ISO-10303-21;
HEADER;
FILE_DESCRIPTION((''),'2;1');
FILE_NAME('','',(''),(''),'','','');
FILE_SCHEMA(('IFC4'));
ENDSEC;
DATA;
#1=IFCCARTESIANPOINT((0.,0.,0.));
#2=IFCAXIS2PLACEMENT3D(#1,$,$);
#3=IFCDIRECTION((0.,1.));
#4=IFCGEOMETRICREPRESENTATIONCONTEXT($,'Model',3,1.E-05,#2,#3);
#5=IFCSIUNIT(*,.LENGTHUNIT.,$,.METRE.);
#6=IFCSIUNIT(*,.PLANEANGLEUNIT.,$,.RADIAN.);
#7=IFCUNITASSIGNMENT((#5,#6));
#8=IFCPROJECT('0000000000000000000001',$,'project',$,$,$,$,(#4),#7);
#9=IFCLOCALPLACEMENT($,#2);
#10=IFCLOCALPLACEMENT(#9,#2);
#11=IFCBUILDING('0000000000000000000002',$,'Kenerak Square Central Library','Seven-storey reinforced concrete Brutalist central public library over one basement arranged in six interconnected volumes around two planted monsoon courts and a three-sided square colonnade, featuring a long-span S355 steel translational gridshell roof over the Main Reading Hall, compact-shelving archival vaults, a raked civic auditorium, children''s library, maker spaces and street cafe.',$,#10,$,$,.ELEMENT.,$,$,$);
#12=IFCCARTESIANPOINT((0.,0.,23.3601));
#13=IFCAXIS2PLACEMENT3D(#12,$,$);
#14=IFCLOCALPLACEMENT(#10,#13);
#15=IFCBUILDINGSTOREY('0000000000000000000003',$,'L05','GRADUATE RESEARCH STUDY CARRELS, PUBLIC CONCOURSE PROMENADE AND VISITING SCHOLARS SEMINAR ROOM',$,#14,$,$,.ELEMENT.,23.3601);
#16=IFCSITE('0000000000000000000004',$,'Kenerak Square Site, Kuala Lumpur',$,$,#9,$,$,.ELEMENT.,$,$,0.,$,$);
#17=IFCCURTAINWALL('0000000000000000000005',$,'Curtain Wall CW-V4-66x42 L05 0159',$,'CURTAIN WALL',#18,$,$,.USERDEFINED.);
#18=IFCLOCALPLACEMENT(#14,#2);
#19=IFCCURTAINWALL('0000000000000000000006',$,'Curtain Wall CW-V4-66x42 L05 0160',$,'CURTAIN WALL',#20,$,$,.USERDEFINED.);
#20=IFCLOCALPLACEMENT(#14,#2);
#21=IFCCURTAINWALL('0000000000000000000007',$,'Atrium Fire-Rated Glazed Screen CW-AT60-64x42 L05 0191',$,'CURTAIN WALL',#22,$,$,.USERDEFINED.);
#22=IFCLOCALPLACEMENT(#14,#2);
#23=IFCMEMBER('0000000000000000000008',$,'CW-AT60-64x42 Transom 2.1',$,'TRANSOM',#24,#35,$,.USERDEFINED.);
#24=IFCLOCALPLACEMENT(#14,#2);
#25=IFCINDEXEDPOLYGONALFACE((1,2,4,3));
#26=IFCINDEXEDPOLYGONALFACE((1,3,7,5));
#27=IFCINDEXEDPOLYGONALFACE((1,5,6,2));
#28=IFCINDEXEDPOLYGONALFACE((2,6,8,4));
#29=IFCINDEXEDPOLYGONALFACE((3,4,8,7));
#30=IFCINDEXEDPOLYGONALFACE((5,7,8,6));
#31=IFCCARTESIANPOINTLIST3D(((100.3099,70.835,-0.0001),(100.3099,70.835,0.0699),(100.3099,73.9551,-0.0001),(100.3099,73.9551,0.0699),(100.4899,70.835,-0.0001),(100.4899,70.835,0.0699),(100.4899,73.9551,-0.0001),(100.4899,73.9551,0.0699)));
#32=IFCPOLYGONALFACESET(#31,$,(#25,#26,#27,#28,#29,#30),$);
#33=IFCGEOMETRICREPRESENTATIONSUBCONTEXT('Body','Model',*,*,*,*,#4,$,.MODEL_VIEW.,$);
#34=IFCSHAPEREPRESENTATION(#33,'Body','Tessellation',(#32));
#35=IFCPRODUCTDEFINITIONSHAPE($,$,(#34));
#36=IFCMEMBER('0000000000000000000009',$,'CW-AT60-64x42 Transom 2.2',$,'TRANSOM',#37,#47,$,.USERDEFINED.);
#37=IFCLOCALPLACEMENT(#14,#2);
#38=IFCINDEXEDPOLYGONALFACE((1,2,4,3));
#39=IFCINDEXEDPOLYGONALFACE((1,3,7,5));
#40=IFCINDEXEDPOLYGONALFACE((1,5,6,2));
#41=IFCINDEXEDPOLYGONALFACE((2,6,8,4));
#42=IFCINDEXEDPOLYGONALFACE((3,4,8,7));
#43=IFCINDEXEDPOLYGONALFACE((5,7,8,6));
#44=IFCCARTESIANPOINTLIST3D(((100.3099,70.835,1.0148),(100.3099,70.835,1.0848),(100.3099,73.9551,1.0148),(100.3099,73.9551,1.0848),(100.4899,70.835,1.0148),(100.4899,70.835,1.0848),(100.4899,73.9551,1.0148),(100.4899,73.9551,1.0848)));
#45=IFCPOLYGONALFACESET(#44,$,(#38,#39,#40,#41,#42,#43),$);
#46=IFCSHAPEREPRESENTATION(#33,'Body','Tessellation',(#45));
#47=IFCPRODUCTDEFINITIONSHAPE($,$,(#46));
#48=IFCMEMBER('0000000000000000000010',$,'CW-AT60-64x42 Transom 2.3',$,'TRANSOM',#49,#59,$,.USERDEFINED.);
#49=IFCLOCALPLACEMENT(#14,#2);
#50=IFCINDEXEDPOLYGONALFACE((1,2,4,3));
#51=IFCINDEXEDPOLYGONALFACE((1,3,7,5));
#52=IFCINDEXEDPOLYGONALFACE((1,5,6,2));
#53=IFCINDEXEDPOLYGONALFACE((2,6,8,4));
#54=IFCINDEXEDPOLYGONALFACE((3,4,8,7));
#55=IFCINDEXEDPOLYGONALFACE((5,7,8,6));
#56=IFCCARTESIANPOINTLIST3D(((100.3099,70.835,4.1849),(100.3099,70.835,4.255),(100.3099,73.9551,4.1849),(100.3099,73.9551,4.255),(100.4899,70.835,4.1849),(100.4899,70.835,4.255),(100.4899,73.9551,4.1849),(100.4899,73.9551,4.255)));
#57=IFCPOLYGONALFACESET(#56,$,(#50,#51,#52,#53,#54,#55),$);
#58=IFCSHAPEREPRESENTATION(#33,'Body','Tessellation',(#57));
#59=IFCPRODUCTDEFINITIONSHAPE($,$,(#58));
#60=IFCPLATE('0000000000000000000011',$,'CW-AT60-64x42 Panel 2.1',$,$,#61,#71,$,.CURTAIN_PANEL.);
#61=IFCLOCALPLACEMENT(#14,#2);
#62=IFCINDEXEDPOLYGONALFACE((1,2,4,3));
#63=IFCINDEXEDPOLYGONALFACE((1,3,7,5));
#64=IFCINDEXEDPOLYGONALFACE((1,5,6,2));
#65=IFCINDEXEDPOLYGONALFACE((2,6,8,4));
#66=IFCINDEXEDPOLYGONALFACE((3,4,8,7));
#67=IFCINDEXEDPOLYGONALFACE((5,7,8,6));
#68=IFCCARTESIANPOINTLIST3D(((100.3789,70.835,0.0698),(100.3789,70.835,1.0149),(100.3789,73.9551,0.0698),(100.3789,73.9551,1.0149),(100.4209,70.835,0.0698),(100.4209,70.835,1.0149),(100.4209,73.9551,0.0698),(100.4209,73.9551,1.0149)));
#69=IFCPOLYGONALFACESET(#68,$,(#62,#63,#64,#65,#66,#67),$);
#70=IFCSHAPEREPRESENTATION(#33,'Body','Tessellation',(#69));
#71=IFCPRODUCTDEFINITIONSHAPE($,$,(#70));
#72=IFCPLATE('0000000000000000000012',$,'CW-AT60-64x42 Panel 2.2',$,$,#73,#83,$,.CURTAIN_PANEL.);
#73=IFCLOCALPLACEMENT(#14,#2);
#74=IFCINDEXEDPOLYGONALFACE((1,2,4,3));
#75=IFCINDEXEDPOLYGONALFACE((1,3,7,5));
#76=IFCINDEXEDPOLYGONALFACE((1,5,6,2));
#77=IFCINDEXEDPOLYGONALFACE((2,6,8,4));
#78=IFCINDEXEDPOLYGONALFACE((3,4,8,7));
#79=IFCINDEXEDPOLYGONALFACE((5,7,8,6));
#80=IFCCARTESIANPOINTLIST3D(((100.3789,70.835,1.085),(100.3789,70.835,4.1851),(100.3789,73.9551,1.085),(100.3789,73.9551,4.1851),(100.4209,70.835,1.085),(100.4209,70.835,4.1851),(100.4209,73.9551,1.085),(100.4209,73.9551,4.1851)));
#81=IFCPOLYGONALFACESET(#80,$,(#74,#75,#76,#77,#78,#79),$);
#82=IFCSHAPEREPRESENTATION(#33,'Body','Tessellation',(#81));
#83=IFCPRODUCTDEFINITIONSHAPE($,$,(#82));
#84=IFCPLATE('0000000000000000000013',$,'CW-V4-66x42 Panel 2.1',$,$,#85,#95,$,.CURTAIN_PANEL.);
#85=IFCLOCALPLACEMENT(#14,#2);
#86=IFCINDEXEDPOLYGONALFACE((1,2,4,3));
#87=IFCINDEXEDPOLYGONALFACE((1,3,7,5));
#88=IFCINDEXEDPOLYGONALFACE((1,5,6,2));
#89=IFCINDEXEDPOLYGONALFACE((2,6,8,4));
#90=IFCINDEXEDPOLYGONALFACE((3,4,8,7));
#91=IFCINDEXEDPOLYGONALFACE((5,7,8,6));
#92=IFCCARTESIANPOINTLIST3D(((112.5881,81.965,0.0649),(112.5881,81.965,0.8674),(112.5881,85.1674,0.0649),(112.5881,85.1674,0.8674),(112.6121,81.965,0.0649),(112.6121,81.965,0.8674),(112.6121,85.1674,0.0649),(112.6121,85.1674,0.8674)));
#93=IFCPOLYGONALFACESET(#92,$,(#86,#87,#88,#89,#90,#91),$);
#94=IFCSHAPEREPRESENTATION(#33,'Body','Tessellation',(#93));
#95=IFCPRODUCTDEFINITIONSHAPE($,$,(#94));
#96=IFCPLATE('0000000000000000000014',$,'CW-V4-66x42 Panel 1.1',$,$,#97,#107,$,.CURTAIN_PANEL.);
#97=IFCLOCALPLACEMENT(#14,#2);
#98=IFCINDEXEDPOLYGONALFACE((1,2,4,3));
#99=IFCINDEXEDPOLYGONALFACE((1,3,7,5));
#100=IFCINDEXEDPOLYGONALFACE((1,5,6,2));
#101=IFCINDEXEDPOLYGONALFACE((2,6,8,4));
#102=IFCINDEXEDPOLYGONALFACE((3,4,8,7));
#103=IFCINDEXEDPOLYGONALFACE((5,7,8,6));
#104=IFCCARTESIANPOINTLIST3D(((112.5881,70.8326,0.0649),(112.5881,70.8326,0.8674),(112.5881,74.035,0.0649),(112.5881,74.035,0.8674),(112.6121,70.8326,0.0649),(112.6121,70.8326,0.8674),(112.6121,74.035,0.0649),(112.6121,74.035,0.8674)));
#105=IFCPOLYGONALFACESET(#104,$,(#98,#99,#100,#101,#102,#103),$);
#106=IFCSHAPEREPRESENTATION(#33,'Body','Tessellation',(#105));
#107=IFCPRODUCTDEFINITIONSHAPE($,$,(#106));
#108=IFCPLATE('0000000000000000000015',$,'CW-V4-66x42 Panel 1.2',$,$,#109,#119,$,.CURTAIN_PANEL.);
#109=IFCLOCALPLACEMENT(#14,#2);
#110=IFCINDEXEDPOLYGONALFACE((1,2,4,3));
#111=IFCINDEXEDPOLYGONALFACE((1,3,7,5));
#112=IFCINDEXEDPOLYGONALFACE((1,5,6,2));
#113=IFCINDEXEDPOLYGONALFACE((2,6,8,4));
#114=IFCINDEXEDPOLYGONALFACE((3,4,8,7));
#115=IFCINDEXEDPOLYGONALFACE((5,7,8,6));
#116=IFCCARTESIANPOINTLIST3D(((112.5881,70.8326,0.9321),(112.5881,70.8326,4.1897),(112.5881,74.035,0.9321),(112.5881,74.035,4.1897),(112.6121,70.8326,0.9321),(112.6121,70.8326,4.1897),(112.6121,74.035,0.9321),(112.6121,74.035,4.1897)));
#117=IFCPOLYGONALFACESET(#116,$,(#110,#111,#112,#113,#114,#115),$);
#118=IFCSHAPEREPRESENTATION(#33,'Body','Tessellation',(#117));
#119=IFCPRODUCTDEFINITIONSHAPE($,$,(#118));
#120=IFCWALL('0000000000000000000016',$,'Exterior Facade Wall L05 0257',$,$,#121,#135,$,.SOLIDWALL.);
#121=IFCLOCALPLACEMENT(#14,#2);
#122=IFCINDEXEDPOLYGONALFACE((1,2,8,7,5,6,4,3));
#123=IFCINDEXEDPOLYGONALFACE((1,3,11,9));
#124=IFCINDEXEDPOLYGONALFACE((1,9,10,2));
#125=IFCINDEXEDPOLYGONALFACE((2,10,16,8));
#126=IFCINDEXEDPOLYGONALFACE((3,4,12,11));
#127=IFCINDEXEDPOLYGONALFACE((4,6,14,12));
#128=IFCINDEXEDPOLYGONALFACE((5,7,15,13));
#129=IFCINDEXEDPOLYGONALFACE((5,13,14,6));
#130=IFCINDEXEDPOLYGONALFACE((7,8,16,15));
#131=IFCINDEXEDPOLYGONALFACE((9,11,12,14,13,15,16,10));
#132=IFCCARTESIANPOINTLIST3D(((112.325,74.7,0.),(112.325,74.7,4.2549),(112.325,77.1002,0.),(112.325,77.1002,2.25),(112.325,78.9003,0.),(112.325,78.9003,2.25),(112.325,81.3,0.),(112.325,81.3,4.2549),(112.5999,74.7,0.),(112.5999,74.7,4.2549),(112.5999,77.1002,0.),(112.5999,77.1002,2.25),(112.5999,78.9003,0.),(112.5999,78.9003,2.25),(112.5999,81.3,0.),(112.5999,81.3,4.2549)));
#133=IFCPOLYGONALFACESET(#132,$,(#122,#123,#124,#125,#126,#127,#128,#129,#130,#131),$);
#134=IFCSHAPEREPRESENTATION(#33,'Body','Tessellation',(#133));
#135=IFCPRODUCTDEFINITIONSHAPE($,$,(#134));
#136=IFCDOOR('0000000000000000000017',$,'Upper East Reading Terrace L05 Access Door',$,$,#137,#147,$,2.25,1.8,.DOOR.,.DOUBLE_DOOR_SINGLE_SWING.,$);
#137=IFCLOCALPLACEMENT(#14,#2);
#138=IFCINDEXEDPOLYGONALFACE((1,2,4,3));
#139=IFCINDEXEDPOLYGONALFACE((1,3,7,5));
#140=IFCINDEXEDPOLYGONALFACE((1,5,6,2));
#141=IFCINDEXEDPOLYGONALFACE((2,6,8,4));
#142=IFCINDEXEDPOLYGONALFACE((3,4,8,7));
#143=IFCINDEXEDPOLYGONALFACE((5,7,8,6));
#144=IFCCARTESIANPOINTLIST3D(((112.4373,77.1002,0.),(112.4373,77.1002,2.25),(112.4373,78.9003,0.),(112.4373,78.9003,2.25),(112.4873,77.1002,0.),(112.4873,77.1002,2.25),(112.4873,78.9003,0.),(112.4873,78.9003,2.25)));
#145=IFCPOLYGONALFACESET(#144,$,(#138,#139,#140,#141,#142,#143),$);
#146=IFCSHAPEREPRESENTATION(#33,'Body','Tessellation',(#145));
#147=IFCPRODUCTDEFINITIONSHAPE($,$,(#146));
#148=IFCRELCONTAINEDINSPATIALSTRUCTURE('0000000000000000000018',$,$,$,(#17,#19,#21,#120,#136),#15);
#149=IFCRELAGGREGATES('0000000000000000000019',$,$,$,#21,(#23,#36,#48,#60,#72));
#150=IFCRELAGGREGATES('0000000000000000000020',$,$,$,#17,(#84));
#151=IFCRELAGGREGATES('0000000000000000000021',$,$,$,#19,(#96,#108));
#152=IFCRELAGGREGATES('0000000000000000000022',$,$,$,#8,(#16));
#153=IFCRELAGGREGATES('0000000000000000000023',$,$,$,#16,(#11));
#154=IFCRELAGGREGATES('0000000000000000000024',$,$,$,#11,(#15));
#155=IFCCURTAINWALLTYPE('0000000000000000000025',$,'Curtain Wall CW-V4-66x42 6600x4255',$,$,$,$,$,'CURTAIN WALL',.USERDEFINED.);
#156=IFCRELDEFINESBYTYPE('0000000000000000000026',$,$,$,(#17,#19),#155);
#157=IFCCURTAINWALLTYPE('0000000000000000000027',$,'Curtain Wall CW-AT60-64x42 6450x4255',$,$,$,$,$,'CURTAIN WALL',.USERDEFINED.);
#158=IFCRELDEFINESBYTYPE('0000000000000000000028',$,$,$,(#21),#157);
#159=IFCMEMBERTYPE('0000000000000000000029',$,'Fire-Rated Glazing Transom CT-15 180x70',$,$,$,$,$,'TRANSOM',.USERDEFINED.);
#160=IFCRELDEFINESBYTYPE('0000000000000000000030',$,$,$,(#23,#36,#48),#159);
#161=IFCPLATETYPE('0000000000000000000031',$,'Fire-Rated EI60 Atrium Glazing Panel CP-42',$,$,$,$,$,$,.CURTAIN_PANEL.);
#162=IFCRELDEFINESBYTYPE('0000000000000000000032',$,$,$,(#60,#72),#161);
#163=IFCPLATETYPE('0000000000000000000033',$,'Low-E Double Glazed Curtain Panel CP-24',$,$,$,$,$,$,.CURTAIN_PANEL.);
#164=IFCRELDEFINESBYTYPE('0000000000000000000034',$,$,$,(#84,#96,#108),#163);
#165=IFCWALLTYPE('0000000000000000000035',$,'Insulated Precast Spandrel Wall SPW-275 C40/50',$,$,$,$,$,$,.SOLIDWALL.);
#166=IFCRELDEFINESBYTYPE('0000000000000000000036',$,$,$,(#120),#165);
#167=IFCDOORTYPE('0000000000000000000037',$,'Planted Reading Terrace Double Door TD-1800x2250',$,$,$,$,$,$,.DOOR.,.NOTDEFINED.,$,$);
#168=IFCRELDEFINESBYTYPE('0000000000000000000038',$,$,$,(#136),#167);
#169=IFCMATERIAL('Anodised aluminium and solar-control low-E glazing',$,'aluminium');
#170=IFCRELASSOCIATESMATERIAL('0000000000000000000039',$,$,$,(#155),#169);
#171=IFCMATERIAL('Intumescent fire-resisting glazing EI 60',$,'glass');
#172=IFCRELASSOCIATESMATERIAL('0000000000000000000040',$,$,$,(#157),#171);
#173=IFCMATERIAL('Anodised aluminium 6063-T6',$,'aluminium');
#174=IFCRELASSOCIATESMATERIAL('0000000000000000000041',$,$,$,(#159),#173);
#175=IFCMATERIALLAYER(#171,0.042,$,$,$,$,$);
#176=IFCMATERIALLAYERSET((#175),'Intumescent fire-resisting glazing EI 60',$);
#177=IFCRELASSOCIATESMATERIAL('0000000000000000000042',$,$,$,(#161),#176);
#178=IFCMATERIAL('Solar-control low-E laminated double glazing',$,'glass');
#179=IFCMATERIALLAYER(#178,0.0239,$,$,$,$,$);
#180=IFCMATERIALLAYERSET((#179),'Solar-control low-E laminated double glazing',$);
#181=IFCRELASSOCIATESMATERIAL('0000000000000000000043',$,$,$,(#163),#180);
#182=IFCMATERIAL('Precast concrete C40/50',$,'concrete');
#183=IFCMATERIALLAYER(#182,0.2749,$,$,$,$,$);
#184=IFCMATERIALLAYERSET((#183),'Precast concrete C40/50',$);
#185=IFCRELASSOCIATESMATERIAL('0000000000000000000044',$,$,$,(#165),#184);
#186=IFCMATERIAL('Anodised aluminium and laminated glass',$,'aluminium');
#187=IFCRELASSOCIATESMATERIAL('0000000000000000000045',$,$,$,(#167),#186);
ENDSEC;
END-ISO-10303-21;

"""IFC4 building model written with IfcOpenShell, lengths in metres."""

from ifc_helpers import new_model, si_unit, direction, frame, frame_2d, origin, origin_2d, place, context, subcontext, project, spatial, rectangle, extrude, material, layer, layer_set, material_profile, profile_set, type_object, element, fill, aggregate, save


model = new_model("IFC4")

# Units and contexts
model_context = context("Model", 3, precision=1e-05, world=origin(), true_north=direction((0.0, 1.0)))
body_context = subcontext(model_context, "Body", "Model", "MODEL_VIEW")
ifc_project = project(units=[si_unit("LENGTHUNIT", "METRE"), si_unit("PLANEANGLEUNIT", "RADIAN")], contexts=[model_context])

# Site, building, storey
site_placement = place(None, origin())
site = spatial("IfcSite", under=ifc_project, at=site_placement, Name="Kenerak Square Site, Kuala Lumpur", CompositionType="ELEMENT", RefElevation=0.0)
building_placement = place(site_placement, origin())
building = spatial("IfcBuilding", under=site, at=building_placement, Name="Kenerak Square Central Library", Description="Seven-storey reinforced concrete Brutalist central public library over one basement arranged in six interconnected volumes around two planted monsoon courts and a three-sided square colonnade, featuring a long-span S355 steel translational gridshell roof over the Main Reading Hall, compact-shelving archival vaults, a raked civic auditorium, children's library, maker spaces and street cafe.", CompositionType="ELEMENT")
storey_placement = place(building_placement, frame((0.0, 0.0, 23.3601)))
storey = spatial("IfcBuildingStorey", under=building, at=storey_placement, Name="L05", Description="GRADUATE RESEARCH STUDY CARRELS, PUBLIC CONCOURSE PROMENADE AND VISITING SCHOLARS SEMINAR ROOM", CompositionType="ELEMENT", Elevation=23.3601)

# Curtain wall
ifc_material_1 = material(Name="Anodised aluminium and solar-control low-E glazing", Category="aluminium")
curtain_wall_type_1 = type_object("IfcCurtainWallType", Name="Curtain Wall CW-V4-66x42 6600x4255", ElementType="CURTAIN WALL", PredefinedType="USERDEFINED", material=ifc_material_1)
curtain_wall_1_placement = place(storey_placement, origin())
curtain_wall_1 = element("IfcCurtainWall", 1, at=curtain_wall_1_placement, inside=storey, type_object=curtain_wall_type_1, Name="Curtain Wall CW-V4-66x42 L05 0159", ObjectType="CURTAIN WALL", PredefinedType="USERDEFINED")
ifc_material_2 = material(Name="Anodised aluminium 6063-T6", Category="aluminium")

# Curtain wall
curtain_wall_2_placement = place(storey_placement, origin())
curtain_wall_2 = element("IfcCurtainWall", 2, at=curtain_wall_2_placement, inside=storey, type_object=curtain_wall_type_1, Name="Curtain Wall CW-V4-66x42 L05 0160", ObjectType="CURTAIN WALL", PredefinedType="USERDEFINED")

# Curtain wall, members, plates
ifc_material_3 = material(Name="Intumescent fire-resisting glazing EI 60", Category="glass")
curtain_wall_type_2 = type_object("IfcCurtainWallType", Name="Curtain Wall CW-AT60-64x42 6450x4255", ElementType="CURTAIN WALL", PredefinedType="USERDEFINED", material=ifc_material_3)
curtain_wall_3_placement = place(storey_placement, origin())
curtain_wall_3 = element("IfcCurtainWall", 3, at=curtain_wall_3_placement, inside=storey, type_object=curtain_wall_type_2, Name="Atrium Fire-Rated Glazed Screen CW-AT60-64x42 L05 0191", ObjectType="CURTAIN WALL", PredefinedType="USERDEFINED")
ifc_material_profile_1 = material_profile(ifc_material_2, rectangle(XDim=0.1799, YDim=0.0701, at=origin_2d()), Name="AL TRANSOM 180x70")
ifc_profile_set_1 = profile_set([ifc_material_profile_1], Name="Anodised aluminium 6063-T6")
member_type_1 = type_object("IfcMemberType", Name="Fire-Rated Glazing Transom CT-15 180x70", ElementType="TRANSOM", PredefinedType="USERDEFINED", material=ifc_profile_set_1)
member_1_placement = place(storey_placement, frame((100.3999, 70.835, 0.0349), z_axis=(0.0, 1.0, 0.0), x_axis=(-1.0, 0.0, 0.0)))
member_1 = element("IfcMember", 4, at=member_1_placement, type_object=member_type_1, Name="CW-AT60-64x42 Transom 2.1", ObjectType="TRANSOM", PredefinedType="USERDEFINED", context=body_context, shape_type="SweptSolid", body=[
    extrude(rectangle(XDim=0.1799, YDim=0.0701, at=origin_2d()), origin(), (0.0, 0.0, 1.0), 3.1201),
])
member_2_placement = place(storey_placement, frame((100.3999, 70.835, 1.0498), z_axis=(0.0, 1.0, 0.0), x_axis=(-1.0, 0.0, 0.0)))
member_2 = element("IfcMember", 5, at=member_2_placement, type_object=member_type_1, Name="CW-AT60-64x42 Transom 2.2", ObjectType="TRANSOM", PredefinedType="USERDEFINED", context=body_context, shape_type="SweptSolid", body=[
    extrude(rectangle(XDim=0.1799, YDim=0.0701, at=origin_2d()), origin(), (0.0, 0.0, 1.0), 3.1201),
])
member_3_placement = place(storey_placement, frame((100.3999, 70.835, 4.22), z_axis=(0.0, 1.0, 0.0), x_axis=(-1.0, 0.0, 0.0)))
member_3 = element("IfcMember", 6, at=member_3_placement, type_object=member_type_1, Name="CW-AT60-64x42 Transom 2.3", ObjectType="TRANSOM", PredefinedType="USERDEFINED", context=body_context, shape_type="SweptSolid", body=[
    extrude(rectangle(XDim=0.1799, YDim=0.0701, at=origin_2d()), origin(), (0.0, 0.0, 1.0), 3.1201),
])
ifc_layer_1 = layer(ifc_material_3, 0.042)
ifc_layer_set_1 = layer_set([ifc_layer_1], Name="Intumescent fire-resisting glazing EI 60")
plate_type_1 = type_object("IfcPlateType", Name="Fire-Rated EI60 Atrium Glazing Panel CP-42", PredefinedType="CURTAIN_PANEL", material=ifc_layer_set_1)
plate_1_placement = place(storey_placement, frame((100.3999, 72.395, 0.0698), z_axis=(0.0, 0.0, 1.0), x_axis=(0.0, 1.0, 0.0)))
plate_1 = element("IfcPlate", 7, at=plate_1_placement, type_object=plate_type_1, Name="CW-AT60-64x42 Panel 2.1", PredefinedType="CURTAIN_PANEL", context=body_context, shape_type="SweptSolid", body=[
    extrude(rectangle(XDim=3.1201, YDim=0.042, at=origin_2d()), origin(), (0.0, 0.0, 1.0), 0.9451),
])
plate_2_placement = place(storey_placement, frame((100.3999, 72.395, 1.085), z_axis=(0.0, 0.0, 1.0), x_axis=(0.0, 1.0, 0.0)))
plate_2 = element("IfcPlate", 8, at=plate_2_placement, type_object=plate_type_1, Name="CW-AT60-64x42 Panel 2.2", PredefinedType="CURTAIN_PANEL", context=body_context, shape_type="SweptSolid", body=[
    extrude(rectangle(XDim=3.1201, YDim=0.042, at=origin_2d()), origin(), (0.0, 0.0, 1.0), 3.1001),
])
aggregate(curtain_wall_3, [member_1, member_2, member_3, plate_1, plate_2])

# Plates
ifc_material_4 = material(Name="Solar-control low-E laminated double glazing", Category="glass")
ifc_layer_2 = layer(ifc_material_4, 0.0239)
ifc_layer_set_2 = layer_set([ifc_layer_2], Name="Solar-control low-E laminated double glazing")
plate_type_2 = type_object("IfcPlateType", Name="Low-E Double Glazed Curtain Panel CP-24", PredefinedType="CURTAIN_PANEL", material=ifc_layer_set_2)
plate_3_placement = place(storey_placement, frame((112.6001, 83.5662, 0.0649), z_axis=(0.0, 0.0, 1.0), x_axis=(0.0, -1.0, 0.0)))
plate_3 = element("IfcPlate", 9, at=plate_3_placement, type_object=plate_type_2, Name="CW-V4-66x42 Panel 2.1", PredefinedType="CURTAIN_PANEL", context=body_context, shape_type="SweptSolid", body=[
    extrude(rectangle(XDim=3.2024, YDim=0.0239, at=origin_2d()), origin(), (0.0, 0.0, 1.0), 0.8025),
])
aggregate(curtain_wall_1, [plate_3])
plate_4_placement = place(storey_placement, frame((112.6001, 72.4338, 0.0649), z_axis=(0.0, 0.0, 1.0), x_axis=(0.0, -1.0, 0.0)))
plate_4 = element("IfcPlate", 10, at=plate_4_placement, type_object=plate_type_2, Name="CW-V4-66x42 Panel 1.1", PredefinedType="CURTAIN_PANEL", context=body_context, shape_type="SweptSolid", body=[
    extrude(rectangle(XDim=3.2024, YDim=0.0239, at=origin_2d()), origin(), (0.0, 0.0, 1.0), 0.8025),
])
plate_5_placement = place(storey_placement, frame((112.6001, 72.4338, 0.9321), z_axis=(0.0, 0.0, 1.0), x_axis=(0.0, -1.0, 0.0)))
plate_5 = element("IfcPlate", 11, at=plate_5_placement, type_object=plate_type_2, Name="CW-V4-66x42 Panel 1.2", PredefinedType="CURTAIN_PANEL", context=body_context, shape_type="SweptSolid", body=[
    extrude(rectangle(XDim=3.2024, YDim=0.0239, at=origin_2d()), origin(), (0.0, 0.0, 1.0), 3.2576),
])
aggregate(curtain_wall_2, [plate_4, plate_5])

# Wall, opening, door
ifc_material_5 = material(Name="Precast concrete C40/50", Category="concrete")
ifc_layer_3 = layer(ifc_material_5, 0.2749)
ifc_layer_set_3 = layer_set([ifc_layer_3], Name="Precast concrete C40/50")
wall_type = type_object("IfcWallType", Name="Insulated Precast Spandrel Wall SPW-275 C40/50", PredefinedType="SOLIDWALL", material=ifc_layer_set_3)
wall_placement = place(storey_placement, frame((112.4624, 81.3, 0.0), z_axis=(0.0, 0.0, 1.0), x_axis=(0.0, -1.0, 0.0)))
wall = element("IfcWall", 12, at=wall_placement, inside=storey, type_object=wall_type, Name="Exterior Facade Wall L05 0257", PredefinedType="SOLIDWALL", context=body_context, shape_type="SweptSolid", body=[
    extrude(rectangle(XDim=6.6001, YDim=0.2749, at=frame_2d((3.3, 0.0))), origin(), (0.0, 0.0, 1.0), 4.2549),
])
opening_placement = place(wall_placement, frame((2.3999, 0.0, 0.0)))
opening = element("IfcOpeningElement", 13, at=opening_placement, cuts=wall, PredefinedType="OPENING", context=body_context, shape_type="SweptSolid", body=[
    extrude(rectangle(XDim=1.8, YDim=2.25, at=frame_2d((0.8999, 1.125))), frame((0.0, 0.1475, 0.0), z_axis=(0.0, -1.0, 0.0), x_axis=(1.0, 0.0, 0.0)), (0.0, 0.0, 1.0), 0.2949),
])
ifc_material_6 = material(Name="Anodised aluminium and laminated glass", Category="aluminium")
door_type = type_object("IfcDoorType", Name="Planted Reading Terrace Double Door TD-1800x2250", OperationType="NOTDEFINED", PredefinedType="DOOR", material=ifc_material_6)
door_placement = place(opening_placement, origin())
door = element("IfcDoor", 14, at=door_placement, inside=storey, type_object=door_type, Name="Upper East Reading Terrace L05 Access Door", OperationType="DOUBLE_DOOR_SINGLE_SWING", OverallHeight=2.25, OverallWidth=1.8, PredefinedType="DOOR", context=body_context, shape_type="SweptSolid", body=[
    extrude(rectangle(XDim=1.8, YDim=2.25, at=frame_2d((0.8999, 1.125))), frame((0.0, 0.0249, 0.0), z_axis=(0.0, -1.0, 0.0), x_axis=(1.0, 0.0, 0.0)), (0.0, 0.0, 1.0), 0.05),
])
fill(opening, door)

save(model, "model.ifc")
